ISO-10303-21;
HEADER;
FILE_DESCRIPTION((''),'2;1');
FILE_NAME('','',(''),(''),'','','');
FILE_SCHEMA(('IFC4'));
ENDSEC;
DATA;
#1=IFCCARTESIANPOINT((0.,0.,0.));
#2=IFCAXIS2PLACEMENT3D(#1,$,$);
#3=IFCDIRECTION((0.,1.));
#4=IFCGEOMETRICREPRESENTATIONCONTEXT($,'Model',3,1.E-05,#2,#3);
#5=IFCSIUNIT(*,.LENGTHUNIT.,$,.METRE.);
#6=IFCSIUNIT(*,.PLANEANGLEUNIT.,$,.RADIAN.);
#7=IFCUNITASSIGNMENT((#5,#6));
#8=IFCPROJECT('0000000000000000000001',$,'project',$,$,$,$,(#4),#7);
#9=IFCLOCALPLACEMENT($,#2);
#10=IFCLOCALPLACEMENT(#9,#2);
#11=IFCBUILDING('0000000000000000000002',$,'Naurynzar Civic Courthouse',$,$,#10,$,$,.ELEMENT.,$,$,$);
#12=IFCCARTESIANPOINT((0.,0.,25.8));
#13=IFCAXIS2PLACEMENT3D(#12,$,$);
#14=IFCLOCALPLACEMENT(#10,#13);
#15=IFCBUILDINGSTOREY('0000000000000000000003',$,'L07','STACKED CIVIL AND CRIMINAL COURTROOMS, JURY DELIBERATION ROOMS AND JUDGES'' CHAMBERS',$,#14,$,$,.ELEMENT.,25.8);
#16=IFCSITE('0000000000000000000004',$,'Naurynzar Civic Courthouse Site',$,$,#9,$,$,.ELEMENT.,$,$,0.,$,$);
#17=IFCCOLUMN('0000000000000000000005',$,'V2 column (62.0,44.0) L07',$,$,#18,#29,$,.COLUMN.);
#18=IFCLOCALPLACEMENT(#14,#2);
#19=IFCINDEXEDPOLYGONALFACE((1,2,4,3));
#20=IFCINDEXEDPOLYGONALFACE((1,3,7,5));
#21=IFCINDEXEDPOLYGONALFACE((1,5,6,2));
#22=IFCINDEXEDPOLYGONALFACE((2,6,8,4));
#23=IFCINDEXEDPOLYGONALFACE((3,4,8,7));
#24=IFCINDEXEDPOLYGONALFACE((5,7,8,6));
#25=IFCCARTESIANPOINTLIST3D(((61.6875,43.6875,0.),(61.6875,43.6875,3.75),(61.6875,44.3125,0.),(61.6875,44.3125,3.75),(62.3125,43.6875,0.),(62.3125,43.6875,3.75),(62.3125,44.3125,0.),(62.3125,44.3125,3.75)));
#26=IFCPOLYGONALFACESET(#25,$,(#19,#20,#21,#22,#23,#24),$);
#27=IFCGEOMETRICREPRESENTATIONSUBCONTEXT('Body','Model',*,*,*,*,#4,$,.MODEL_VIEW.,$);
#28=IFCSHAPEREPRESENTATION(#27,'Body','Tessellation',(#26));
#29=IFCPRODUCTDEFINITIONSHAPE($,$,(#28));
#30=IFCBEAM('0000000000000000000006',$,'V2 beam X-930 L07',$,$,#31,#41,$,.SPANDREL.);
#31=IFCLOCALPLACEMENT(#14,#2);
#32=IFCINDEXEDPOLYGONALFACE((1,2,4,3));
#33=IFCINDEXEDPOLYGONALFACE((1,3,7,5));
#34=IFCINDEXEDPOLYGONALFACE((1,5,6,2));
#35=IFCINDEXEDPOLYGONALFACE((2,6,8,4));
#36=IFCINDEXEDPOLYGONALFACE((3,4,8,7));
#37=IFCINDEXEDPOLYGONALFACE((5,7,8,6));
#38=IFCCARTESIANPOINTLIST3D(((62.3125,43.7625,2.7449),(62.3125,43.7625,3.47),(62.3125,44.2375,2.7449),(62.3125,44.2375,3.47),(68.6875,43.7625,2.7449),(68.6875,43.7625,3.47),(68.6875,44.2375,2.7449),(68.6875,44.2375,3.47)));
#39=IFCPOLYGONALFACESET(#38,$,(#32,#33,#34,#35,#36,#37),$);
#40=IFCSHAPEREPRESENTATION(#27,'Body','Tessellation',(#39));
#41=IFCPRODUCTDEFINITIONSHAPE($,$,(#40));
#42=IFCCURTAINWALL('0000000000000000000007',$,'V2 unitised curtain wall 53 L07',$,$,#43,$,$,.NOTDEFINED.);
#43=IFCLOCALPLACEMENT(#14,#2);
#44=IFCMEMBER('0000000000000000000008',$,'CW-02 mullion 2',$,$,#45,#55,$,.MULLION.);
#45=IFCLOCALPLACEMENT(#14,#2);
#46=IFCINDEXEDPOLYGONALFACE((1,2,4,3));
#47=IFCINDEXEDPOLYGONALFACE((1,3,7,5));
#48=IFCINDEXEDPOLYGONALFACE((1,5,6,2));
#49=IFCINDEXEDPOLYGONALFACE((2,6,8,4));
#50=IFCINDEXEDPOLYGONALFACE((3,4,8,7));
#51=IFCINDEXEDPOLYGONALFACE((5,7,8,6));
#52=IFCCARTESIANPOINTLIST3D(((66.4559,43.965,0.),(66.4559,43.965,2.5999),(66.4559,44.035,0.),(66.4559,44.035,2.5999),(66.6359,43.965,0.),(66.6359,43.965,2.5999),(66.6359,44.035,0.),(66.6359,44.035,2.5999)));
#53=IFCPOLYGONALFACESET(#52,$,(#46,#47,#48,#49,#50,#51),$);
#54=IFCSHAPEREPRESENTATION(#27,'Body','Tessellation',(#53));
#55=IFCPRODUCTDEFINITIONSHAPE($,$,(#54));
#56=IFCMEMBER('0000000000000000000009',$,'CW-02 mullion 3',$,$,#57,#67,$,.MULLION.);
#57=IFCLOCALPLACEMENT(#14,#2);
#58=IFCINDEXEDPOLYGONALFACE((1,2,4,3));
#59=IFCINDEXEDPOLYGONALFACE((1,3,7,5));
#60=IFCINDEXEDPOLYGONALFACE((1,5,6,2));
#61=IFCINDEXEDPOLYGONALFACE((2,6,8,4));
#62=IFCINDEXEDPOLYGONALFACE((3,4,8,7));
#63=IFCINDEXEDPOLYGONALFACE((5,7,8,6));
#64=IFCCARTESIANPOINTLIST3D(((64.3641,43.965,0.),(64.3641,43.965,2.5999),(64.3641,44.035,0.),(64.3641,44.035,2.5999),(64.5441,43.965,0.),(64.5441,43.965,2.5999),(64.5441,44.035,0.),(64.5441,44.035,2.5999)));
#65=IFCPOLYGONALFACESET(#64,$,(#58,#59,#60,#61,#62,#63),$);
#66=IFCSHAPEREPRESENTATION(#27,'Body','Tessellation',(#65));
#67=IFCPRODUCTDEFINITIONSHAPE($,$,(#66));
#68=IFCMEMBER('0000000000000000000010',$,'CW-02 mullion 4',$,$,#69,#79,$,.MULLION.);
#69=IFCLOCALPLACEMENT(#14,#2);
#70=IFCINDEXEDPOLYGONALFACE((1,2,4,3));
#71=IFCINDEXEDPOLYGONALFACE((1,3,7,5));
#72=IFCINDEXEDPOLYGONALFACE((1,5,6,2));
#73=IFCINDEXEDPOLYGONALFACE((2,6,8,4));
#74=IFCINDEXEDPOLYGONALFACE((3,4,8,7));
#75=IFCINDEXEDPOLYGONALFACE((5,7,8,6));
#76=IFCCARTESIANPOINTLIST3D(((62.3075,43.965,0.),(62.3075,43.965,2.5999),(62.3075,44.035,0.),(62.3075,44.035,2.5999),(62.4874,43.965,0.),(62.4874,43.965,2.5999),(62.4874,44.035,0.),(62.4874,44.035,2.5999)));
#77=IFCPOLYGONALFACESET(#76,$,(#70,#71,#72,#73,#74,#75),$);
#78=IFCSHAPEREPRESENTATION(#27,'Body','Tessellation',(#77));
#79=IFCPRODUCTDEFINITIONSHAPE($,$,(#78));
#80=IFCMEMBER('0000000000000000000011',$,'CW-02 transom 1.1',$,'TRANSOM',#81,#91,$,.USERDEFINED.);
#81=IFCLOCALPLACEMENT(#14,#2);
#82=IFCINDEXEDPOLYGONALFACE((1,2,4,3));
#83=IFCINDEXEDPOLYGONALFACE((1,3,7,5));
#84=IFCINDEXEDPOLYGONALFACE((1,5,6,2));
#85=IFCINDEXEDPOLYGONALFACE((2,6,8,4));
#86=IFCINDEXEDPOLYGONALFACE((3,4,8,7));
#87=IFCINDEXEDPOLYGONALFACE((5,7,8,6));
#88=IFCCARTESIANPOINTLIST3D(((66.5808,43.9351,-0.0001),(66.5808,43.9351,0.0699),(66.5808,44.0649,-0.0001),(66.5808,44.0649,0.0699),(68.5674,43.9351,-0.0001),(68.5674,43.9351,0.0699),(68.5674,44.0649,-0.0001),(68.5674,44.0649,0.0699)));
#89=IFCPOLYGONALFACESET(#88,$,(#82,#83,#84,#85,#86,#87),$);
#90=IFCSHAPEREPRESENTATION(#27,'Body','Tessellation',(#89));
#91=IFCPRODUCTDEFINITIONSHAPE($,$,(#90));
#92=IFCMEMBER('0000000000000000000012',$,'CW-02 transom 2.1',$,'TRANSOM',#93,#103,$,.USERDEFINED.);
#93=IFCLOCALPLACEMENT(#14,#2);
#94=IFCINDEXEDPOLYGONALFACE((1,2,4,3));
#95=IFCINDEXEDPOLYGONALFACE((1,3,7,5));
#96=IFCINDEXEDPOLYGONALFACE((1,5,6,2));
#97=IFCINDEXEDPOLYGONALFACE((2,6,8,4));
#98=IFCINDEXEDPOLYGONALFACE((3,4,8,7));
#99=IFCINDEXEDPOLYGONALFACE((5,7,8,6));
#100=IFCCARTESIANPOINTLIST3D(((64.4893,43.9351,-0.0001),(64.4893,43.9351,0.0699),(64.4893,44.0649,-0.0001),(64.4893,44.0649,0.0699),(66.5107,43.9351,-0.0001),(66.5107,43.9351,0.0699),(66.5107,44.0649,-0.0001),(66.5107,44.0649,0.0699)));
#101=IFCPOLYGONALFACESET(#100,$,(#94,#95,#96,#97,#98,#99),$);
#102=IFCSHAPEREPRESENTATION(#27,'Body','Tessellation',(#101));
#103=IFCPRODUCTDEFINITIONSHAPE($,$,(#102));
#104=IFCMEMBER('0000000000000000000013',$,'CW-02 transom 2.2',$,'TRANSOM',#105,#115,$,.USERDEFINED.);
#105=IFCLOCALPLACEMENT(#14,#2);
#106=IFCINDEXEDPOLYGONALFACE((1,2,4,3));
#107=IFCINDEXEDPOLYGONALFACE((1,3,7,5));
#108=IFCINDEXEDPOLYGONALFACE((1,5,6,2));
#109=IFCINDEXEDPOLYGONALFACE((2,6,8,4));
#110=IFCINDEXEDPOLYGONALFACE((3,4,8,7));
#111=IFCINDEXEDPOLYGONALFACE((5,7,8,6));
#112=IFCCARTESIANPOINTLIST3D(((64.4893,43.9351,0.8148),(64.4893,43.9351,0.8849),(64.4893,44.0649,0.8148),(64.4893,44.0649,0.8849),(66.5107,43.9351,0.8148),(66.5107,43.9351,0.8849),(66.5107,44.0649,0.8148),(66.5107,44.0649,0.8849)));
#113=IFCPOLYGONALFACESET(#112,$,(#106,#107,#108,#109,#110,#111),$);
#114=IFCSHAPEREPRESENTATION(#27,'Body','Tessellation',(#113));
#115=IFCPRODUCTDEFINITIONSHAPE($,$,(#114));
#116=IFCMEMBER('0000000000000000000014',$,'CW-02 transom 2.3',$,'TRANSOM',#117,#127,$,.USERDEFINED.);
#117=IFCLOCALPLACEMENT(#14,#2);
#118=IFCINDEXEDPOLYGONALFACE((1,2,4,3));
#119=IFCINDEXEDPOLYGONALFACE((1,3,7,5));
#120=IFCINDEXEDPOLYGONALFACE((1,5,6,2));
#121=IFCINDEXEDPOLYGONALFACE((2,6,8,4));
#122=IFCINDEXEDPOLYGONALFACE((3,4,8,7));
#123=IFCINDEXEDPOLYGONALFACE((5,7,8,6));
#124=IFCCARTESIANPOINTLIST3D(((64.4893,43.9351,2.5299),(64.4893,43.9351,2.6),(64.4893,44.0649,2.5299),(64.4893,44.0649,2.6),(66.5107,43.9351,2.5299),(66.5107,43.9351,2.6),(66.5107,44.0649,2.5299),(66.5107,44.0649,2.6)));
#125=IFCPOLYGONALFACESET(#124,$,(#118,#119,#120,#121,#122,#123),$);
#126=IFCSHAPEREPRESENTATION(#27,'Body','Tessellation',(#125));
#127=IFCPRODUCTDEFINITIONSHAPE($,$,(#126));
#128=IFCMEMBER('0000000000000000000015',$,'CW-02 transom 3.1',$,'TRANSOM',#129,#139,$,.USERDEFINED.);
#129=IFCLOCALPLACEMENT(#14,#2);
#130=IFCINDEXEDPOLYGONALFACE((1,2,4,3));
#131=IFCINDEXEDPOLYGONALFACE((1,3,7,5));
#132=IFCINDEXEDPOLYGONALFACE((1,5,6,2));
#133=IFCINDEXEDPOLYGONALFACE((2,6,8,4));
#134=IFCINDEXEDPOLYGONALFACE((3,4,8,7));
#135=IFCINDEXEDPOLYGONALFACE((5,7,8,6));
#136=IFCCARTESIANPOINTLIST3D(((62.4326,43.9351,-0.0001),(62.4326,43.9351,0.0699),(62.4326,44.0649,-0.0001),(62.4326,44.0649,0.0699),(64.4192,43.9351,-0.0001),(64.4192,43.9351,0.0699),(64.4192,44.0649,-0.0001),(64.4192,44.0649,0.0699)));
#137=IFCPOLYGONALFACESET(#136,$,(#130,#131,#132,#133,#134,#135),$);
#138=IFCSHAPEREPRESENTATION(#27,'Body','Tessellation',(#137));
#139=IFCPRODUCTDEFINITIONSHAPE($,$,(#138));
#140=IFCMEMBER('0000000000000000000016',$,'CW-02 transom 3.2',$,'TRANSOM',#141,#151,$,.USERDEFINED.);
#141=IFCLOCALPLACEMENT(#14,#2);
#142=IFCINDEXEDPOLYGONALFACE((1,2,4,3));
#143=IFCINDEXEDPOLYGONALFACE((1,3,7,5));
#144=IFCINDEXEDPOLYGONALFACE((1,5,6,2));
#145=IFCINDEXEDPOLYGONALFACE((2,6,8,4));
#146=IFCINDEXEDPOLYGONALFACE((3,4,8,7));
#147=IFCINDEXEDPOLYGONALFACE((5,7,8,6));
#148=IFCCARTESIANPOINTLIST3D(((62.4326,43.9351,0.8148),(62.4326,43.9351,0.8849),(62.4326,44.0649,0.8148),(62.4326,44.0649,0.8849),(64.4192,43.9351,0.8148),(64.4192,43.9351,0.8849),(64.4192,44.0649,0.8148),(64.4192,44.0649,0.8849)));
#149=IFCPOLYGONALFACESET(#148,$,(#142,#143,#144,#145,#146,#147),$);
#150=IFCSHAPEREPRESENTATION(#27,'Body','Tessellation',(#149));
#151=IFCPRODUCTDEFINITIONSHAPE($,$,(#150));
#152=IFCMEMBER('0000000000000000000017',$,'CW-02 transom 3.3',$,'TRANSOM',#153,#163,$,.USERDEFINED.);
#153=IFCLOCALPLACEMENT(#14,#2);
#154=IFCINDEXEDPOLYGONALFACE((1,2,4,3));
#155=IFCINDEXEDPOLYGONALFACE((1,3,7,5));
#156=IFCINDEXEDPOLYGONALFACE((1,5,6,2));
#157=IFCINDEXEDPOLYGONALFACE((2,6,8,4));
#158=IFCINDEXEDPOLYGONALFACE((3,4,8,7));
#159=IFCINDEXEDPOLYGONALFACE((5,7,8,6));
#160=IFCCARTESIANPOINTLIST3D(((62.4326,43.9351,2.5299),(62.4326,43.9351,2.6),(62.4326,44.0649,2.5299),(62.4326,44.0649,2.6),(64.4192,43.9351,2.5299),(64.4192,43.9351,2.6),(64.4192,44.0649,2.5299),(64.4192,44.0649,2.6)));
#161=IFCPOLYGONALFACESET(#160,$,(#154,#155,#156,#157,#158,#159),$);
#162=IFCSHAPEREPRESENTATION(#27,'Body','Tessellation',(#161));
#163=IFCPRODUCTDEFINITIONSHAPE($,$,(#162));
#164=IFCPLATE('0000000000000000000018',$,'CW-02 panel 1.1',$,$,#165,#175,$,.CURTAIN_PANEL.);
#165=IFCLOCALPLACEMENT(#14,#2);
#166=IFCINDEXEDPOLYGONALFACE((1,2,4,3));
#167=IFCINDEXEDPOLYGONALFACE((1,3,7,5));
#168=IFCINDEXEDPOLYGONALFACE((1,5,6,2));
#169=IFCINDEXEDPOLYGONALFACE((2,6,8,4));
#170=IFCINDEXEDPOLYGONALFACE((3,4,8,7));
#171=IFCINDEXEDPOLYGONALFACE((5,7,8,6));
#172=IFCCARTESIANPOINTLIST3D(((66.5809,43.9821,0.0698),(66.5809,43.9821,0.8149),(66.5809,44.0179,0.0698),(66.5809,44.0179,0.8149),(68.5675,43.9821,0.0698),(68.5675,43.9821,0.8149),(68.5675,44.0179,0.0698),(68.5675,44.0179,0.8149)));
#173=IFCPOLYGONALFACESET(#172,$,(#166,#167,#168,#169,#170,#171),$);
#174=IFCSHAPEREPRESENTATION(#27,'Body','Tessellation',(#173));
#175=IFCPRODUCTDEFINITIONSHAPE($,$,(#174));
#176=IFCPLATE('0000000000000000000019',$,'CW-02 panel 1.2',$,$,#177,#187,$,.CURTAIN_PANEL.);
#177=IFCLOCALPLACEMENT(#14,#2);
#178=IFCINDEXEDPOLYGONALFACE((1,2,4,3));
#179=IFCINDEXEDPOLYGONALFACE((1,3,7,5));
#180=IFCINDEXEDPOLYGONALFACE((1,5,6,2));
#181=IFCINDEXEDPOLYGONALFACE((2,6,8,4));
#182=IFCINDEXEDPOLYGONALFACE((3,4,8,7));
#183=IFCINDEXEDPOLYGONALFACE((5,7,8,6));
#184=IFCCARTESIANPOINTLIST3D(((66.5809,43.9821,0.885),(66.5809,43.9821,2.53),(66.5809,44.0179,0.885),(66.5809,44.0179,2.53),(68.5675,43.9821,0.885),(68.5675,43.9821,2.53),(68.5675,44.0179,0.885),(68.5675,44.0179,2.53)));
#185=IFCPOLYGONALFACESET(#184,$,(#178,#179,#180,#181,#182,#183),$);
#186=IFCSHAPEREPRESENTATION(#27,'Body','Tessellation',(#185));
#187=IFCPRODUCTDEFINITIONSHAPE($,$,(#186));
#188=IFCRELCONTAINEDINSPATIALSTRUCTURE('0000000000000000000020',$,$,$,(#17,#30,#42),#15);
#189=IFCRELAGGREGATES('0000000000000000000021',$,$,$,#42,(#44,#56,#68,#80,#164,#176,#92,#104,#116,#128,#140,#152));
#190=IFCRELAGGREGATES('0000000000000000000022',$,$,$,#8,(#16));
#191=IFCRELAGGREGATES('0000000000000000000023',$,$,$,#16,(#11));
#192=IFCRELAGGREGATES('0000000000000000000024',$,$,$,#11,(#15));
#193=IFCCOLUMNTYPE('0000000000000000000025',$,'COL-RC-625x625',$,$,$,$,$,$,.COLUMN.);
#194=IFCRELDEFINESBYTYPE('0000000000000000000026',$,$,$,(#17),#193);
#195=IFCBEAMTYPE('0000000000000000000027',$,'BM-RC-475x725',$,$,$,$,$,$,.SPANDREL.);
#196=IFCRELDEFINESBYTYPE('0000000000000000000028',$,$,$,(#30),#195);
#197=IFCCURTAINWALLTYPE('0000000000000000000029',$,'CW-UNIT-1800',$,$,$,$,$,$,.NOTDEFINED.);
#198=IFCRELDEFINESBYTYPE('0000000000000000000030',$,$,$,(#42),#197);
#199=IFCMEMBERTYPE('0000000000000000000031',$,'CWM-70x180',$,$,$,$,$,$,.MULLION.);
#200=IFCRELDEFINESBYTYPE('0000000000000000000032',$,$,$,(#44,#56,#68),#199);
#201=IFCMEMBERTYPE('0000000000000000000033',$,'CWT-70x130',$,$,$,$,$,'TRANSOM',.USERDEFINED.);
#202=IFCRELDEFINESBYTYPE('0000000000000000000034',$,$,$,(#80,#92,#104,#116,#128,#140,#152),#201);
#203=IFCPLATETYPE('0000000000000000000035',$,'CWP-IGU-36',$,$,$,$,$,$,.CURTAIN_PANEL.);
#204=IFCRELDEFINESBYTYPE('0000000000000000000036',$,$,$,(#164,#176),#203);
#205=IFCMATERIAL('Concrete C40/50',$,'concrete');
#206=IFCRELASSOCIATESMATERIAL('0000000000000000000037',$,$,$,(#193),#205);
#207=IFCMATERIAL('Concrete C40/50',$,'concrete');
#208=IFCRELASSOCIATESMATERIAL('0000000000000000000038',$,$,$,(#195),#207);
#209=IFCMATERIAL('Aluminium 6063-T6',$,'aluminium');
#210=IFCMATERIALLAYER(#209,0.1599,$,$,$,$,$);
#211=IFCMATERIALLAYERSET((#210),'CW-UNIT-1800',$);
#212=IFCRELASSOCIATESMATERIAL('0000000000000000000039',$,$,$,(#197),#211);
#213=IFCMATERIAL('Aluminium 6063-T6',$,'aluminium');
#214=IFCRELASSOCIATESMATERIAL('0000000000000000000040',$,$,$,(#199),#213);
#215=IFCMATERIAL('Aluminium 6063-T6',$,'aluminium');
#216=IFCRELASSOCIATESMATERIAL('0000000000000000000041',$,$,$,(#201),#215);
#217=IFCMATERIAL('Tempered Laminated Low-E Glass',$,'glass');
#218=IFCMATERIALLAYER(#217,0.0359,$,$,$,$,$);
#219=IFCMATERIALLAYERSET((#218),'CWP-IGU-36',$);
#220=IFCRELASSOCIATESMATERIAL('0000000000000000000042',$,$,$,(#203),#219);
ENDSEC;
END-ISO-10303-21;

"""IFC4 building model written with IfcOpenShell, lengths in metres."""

from ifc_helpers import new_model, si_unit, direction, frame, origin, origin_2d, place, context, subcontext, project, spatial, rectangle, extrude, material, layer, layer_set, material_profile, profile_set, type_object, element, aggregate, save


model = new_model("IFC4")

# Units and contexts
model_context = context("Model", 3, precision=1e-05, world=origin(), true_north=direction((0.0, 1.0)))
body_context = subcontext(model_context, "Body", "Model", "MODEL_VIEW")
ifc_project = project(units=[si_unit("LENGTHUNIT", "METRE"), si_unit("PLANEANGLEUNIT", "RADIAN")], contexts=[model_context])

# Site, building, storey
site_placement = place(None, origin())
site = spatial("IfcSite", under=ifc_project, at=site_placement, Name="Naurynzar Civic Courthouse Site", CompositionType="ELEMENT", RefElevation=0.0)
building_placement = place(site_placement, origin())
building = spatial("IfcBuilding", under=site, at=building_placement, Name="Naurynzar Civic Courthouse", CompositionType="ELEMENT")
storey_placement = place(building_placement, frame((0.0, 0.0, 25.8)))
storey = spatial("IfcBuildingStorey", under=building, at=storey_placement, Name="L07", Description="STACKED CIVIL AND CRIMINAL COURTROOMS, JURY DELIBERATION ROOMS AND JUDGES' CHAMBERS", CompositionType="ELEMENT", Elevation=25.8)

# Column
ifc_material_1 = material(Name="Concrete C40/50", Category="concrete")
ifc_material_profile_1 = material_profile(ifc_material_1, rectangle(XDim=0.625, YDim=0.625, at=origin_2d()), Name="RC 625x625")
ifc_profile_set_1 = profile_set([ifc_material_profile_1], Name="Concrete C40/50")
column_type = type_object("IfcColumnType", Name="COL-RC-625x625", PredefinedType="COLUMN", material=ifc_profile_set_1)
column_placement = place(storey_placement, frame((62.0, 44.0, 0.0), z_axis=(0.0, 0.0, 1.0), x_axis=(1.0, 0.0, 0.0)))
element("IfcColumn", 1, at=column_placement, inside=storey, type_object=column_type, Name="V2 column (62.0,44.0) L07", PredefinedType="COLUMN", context=body_context, shape_type="SweptSolid", body=[
    extrude(rectangle(XDim=0.625, YDim=0.625, at=origin_2d()), origin(), (0.0, 0.0, 1.0), 3.75),
])

# Beam
ifc_material_2 = material(Name="Concrete C40/50", Category="concrete")
ifc_material_profile_2 = material_profile(ifc_material_2, rectangle(XDim=0.4751, YDim=0.7251, at=origin_2d()), Name="RCB 475x725")
ifc_profile_set_2 = profile_set([ifc_material_profile_2], Name="Concrete C40/50")
beam_type = type_object("IfcBeamType", Name="BM-RC-475x725", PredefinedType="SPANDREL", material=ifc_profile_set_2)
beam_placement = place(storey_placement, frame((62.3125, 44.0, 3.1074), z_axis=(1.0, 0.0, 0.0), x_axis=(0.0, 1.0, 0.0)))
element("IfcBeam", 2, at=beam_placement, inside=storey, type_object=beam_type, Name="V2 beam X-930 L07", PredefinedType="SPANDREL", context=body_context, shape_type="SweptSolid", body=[
    extrude(rectangle(XDim=0.4751, YDim=0.7251, at=origin_2d()), origin(), (0.0, 0.0, 1.0), 6.375),
])

# Curtain wall, members, plates
ifc_material_3 = material(Name="Aluminium 6063-T6", Category="aluminium")
ifc_layer_1 = layer(ifc_material_3, 0.1599)
ifc_layer_set_1 = layer_set([ifc_layer_1], Name="CW-UNIT-1800")
curtain_wall_type = type_object("IfcCurtainWallType", Name="CW-UNIT-1800", PredefinedType="NOTDEFINED", material=ifc_layer_set_1)
curtain_wall_placement = place(storey_placement, origin())
curtain_wall = element("IfcCurtainWall", 3, at=curtain_wall_placement, inside=storey, type_object=curtain_wall_type, Name="V2 unitised curtain wall 53 L07", PredefinedType="NOTDEFINED")
ifc_material_4 = material(Name="Aluminium 6063-T6", Category="aluminium")
ifc_material_profile_3 = material_profile(ifc_material_4, rectangle(XDim=0.0701, YDim=0.1799, at=origin_2d()), Name="ALU MULLION 70x180")
ifc_profile_set_3 = profile_set([ifc_material_profile_3], Name="Aluminium 6063-T6")
member_type_1 = type_object("IfcMemberType", Name="CWM-70x180", PredefinedType="MULLION", material=ifc_profile_set_3)
member_1_placement = place(storey_placement, frame((66.5459, 44.0, 0.0), z_axis=(0.0, 0.0, 1.0), x_axis=(0.0, -1.0, 0.0)))
member_1 = element("IfcMember", 4, at=member_1_placement, type_object=member_type_1, Name="CW-02 mullion 2", PredefinedType="MULLION", context=body_context, shape_type="SweptSolid", body=[
    extrude(rectangle(XDim=0.0701, YDim=0.1799, at=origin_2d()), origin(), (0.0, 0.0, 1.0), 2.5999),
])
member_2_placement = place(storey_placement, frame((64.4541, 44.0, 0.0), z_axis=(0.0, 0.0, 1.0), x_axis=(0.0, -1.0, 0.0)))
member_2 = element("IfcMember", 5, at=member_2_placement, type_object=member_type_1, Name="CW-02 mullion 3", PredefinedType="MULLION", context=body_context, shape_type="SweptSolid", body=[
    extrude(rectangle(XDim=0.0701, YDim=0.1799, at=origin_2d()), origin(), (0.0, 0.0, 1.0), 2.5999),
])
member_3_placement = place(storey_placement, frame((62.3975, 44.0, 0.0), z_axis=(0.0, 0.0, 1.0), x_axis=(0.0, -1.0, 0.0)))
member_3 = element("IfcMember", 6, at=member_3_placement, type_object=member_type_1, Name="CW-02 mullion 4", PredefinedType="MULLION", context=body_context, shape_type="SweptSolid", body=[
    extrude(rectangle(XDim=0.0701, YDim=0.1799, at=origin_2d()), origin(), (0.0, 0.0, 1.0), 2.5999),
])
ifc_material_5 = material(Name="Aluminium 6063-T6", Category="aluminium")
ifc_material_profile_4 = material_profile(ifc_material_5, rectangle(XDim=0.1299, YDim=0.0701, at=origin_2d()), Name="ALU TRANSOM 70x130")
ifc_profile_set_4 = profile_set([ifc_material_profile_4], Name="Aluminium 6063-T6")
member_type_2 = type_object("IfcMemberType", Name="CWT-70x130", ElementType="TRANSOM", PredefinedType="USERDEFINED", material=ifc_profile_set_4)
member_4_placement = place(storey_placement, frame((68.5674, 44.0, 0.0349), z_axis=(-1.0, 0.0, 0.0), x_axis=(0.0, -1.0, 0.0)))
member_4 = element("IfcMember", 7, at=member_4_placement, type_object=member_type_2, Name="CW-02 transom 1.1", ObjectType="TRANSOM", PredefinedType="USERDEFINED", context=body_context, shape_type="SweptSolid", body=[
    extrude(rectangle(XDim=0.1299, YDim=0.0701, at=origin_2d()), origin(), (0.0, 0.0, 1.0), 1.9866),
])
member_5_placement = place(storey_placement, frame((66.5107, 44.0, 0.0349), z_axis=(-1.0, 0.0, 0.0), x_axis=(0.0, -1.0, 0.0)))
member_5 = element("IfcMember", 8, at=member_5_placement, type_object=member_type_2, Name="CW-02 transom 2.1", ObjectType="TRANSOM", PredefinedType="USERDEFINED", context=body_context, shape_type="SweptSolid", body=[
    extrude(rectangle(XDim=0.1299, YDim=0.0701, at=origin_2d()), origin(), (0.0, 0.0, 1.0), 2.0215),
])
member_6_placement = place(storey_placement, frame((66.5107, 44.0, 0.8499), z_axis=(-1.0, 0.0, 0.0), x_axis=(0.0, -1.0, 0.0)))
member_6 = element("IfcMember", 9, at=member_6_placement, type_object=member_type_2, Name="CW-02 transom 2.2", ObjectType="TRANSOM", PredefinedType="USERDEFINED", context=body_context, shape_type="SweptSolid", body=[
    extrude(rectangle(XDim=0.1299, YDim=0.0701, at=origin_2d()), origin(), (0.0, 0.0, 1.0), 2.0215),
])
member_7_placement = place(storey_placement, frame((66.5107, 44.0, 2.5649), z_axis=(-1.0, 0.0, 0.0), x_axis=(0.0, -1.0, 0.0)))
member_7 = element("IfcMember", 10, at=member_7_placement, type_object=member_type_2, Name="CW-02 transom 2.3", ObjectType="TRANSOM", PredefinedType="USERDEFINED", context=body_context, shape_type="SweptSolid", body=[
    extrude(rectangle(XDim=0.1299, YDim=0.0701, at=origin_2d()), origin(), (0.0, 0.0, 1.0), 2.0215),
])
member_8_placement = place(storey_placement, frame((64.4192, 44.0, 0.0349), z_axis=(-1.0, 0.0, 0.0), x_axis=(0.0, -1.0, 0.0)))
member_8 = element("IfcMember", 11, at=member_8_placement, type_object=member_type_2, Name="CW-02 transom 3.1", ObjectType="TRANSOM", PredefinedType="USERDEFINED", context=body_context, shape_type="SweptSolid", body=[
    extrude(rectangle(XDim=0.1299, YDim=0.0701, at=origin_2d()), origin(), (0.0, 0.0, 1.0), 1.9866),
])
member_9_placement = place(storey_placement, frame((64.4192, 44.0, 0.8499), z_axis=(-1.0, 0.0, 0.0), x_axis=(0.0, -1.0, 0.0)))
member_9 = element("IfcMember", 12, at=member_9_placement, type_object=member_type_2, Name="CW-02 transom 3.2", ObjectType="TRANSOM", PredefinedType="USERDEFINED", context=body_context, shape_type="SweptSolid", body=[
    extrude(rectangle(XDim=0.1299, YDim=0.0701, at=origin_2d()), origin(), (0.0, 0.0, 1.0), 1.9866),
])
member_10_placement = place(storey_placement, frame((64.4192, 44.0, 2.5649), z_axis=(-1.0, 0.0, 0.0), x_axis=(0.0, -1.0, 0.0)))
member_10 = element("IfcMember", 13, at=member_10_placement, type_object=member_type_2, Name="CW-02 transom 3.3", ObjectType="TRANSOM", PredefinedType="USERDEFINED", context=body_context, shape_type="SweptSolid", body=[
    extrude(rectangle(XDim=0.1299, YDim=0.0701, at=origin_2d()), origin(), (0.0, 0.0, 1.0), 1.9866),
])
ifc_material_6 = material(Name="Tempered Laminated Low-E Glass", Category="glass")
ifc_layer_2 = layer(ifc_material_6, 0.0359)
ifc_layer_set_2 = layer_set([ifc_layer_2], Name="CWP-IGU-36")
plate_type = type_object("IfcPlateType", Name="CWP-IGU-36", PredefinedType="CURTAIN_PANEL", material=ifc_layer_set_2)
plate_1_placement = place(storey_placement, frame((67.5742, 44.0, 0.0698), z_axis=(0.0, 0.0, 1.0), x_axis=(-1.0, 0.0, 0.0)))
plate_1 = element("IfcPlate", 14, at=plate_1_placement, type_object=plate_type, Name="CW-02 panel 1.1", PredefinedType="CURTAIN_PANEL", context=body_context, shape_type="SweptSolid", body=[
    extrude(rectangle(XDim=1.9866, YDim=0.0359, at=origin_2d()), origin(), (0.0, 0.0, 1.0), 0.7451),
])
plate_2_placement = place(storey_placement, frame((67.5742, 44.0, 0.885), z_axis=(0.0, 0.0, 1.0), x_axis=(-1.0, 0.0, 0.0)))
plate_2 = element("IfcPlate", 15, at=plate_2_placement, type_object=plate_type, Name="CW-02 panel 1.2", PredefinedType="CURTAIN_PANEL", context=body_context, shape_type="SweptSolid", body=[
    extrude(rectangle(XDim=1.9866, YDim=0.0359, at=origin_2d()), origin(), (0.0, 0.0, 1.0), 1.645),
])
aggregate(curtain_wall, [member_1, member_2, member_3, member_4, plate_1, plate_2, member_5, member_6, member_7, member_8, member_9, member_10])

save(model, "model.ifc")
